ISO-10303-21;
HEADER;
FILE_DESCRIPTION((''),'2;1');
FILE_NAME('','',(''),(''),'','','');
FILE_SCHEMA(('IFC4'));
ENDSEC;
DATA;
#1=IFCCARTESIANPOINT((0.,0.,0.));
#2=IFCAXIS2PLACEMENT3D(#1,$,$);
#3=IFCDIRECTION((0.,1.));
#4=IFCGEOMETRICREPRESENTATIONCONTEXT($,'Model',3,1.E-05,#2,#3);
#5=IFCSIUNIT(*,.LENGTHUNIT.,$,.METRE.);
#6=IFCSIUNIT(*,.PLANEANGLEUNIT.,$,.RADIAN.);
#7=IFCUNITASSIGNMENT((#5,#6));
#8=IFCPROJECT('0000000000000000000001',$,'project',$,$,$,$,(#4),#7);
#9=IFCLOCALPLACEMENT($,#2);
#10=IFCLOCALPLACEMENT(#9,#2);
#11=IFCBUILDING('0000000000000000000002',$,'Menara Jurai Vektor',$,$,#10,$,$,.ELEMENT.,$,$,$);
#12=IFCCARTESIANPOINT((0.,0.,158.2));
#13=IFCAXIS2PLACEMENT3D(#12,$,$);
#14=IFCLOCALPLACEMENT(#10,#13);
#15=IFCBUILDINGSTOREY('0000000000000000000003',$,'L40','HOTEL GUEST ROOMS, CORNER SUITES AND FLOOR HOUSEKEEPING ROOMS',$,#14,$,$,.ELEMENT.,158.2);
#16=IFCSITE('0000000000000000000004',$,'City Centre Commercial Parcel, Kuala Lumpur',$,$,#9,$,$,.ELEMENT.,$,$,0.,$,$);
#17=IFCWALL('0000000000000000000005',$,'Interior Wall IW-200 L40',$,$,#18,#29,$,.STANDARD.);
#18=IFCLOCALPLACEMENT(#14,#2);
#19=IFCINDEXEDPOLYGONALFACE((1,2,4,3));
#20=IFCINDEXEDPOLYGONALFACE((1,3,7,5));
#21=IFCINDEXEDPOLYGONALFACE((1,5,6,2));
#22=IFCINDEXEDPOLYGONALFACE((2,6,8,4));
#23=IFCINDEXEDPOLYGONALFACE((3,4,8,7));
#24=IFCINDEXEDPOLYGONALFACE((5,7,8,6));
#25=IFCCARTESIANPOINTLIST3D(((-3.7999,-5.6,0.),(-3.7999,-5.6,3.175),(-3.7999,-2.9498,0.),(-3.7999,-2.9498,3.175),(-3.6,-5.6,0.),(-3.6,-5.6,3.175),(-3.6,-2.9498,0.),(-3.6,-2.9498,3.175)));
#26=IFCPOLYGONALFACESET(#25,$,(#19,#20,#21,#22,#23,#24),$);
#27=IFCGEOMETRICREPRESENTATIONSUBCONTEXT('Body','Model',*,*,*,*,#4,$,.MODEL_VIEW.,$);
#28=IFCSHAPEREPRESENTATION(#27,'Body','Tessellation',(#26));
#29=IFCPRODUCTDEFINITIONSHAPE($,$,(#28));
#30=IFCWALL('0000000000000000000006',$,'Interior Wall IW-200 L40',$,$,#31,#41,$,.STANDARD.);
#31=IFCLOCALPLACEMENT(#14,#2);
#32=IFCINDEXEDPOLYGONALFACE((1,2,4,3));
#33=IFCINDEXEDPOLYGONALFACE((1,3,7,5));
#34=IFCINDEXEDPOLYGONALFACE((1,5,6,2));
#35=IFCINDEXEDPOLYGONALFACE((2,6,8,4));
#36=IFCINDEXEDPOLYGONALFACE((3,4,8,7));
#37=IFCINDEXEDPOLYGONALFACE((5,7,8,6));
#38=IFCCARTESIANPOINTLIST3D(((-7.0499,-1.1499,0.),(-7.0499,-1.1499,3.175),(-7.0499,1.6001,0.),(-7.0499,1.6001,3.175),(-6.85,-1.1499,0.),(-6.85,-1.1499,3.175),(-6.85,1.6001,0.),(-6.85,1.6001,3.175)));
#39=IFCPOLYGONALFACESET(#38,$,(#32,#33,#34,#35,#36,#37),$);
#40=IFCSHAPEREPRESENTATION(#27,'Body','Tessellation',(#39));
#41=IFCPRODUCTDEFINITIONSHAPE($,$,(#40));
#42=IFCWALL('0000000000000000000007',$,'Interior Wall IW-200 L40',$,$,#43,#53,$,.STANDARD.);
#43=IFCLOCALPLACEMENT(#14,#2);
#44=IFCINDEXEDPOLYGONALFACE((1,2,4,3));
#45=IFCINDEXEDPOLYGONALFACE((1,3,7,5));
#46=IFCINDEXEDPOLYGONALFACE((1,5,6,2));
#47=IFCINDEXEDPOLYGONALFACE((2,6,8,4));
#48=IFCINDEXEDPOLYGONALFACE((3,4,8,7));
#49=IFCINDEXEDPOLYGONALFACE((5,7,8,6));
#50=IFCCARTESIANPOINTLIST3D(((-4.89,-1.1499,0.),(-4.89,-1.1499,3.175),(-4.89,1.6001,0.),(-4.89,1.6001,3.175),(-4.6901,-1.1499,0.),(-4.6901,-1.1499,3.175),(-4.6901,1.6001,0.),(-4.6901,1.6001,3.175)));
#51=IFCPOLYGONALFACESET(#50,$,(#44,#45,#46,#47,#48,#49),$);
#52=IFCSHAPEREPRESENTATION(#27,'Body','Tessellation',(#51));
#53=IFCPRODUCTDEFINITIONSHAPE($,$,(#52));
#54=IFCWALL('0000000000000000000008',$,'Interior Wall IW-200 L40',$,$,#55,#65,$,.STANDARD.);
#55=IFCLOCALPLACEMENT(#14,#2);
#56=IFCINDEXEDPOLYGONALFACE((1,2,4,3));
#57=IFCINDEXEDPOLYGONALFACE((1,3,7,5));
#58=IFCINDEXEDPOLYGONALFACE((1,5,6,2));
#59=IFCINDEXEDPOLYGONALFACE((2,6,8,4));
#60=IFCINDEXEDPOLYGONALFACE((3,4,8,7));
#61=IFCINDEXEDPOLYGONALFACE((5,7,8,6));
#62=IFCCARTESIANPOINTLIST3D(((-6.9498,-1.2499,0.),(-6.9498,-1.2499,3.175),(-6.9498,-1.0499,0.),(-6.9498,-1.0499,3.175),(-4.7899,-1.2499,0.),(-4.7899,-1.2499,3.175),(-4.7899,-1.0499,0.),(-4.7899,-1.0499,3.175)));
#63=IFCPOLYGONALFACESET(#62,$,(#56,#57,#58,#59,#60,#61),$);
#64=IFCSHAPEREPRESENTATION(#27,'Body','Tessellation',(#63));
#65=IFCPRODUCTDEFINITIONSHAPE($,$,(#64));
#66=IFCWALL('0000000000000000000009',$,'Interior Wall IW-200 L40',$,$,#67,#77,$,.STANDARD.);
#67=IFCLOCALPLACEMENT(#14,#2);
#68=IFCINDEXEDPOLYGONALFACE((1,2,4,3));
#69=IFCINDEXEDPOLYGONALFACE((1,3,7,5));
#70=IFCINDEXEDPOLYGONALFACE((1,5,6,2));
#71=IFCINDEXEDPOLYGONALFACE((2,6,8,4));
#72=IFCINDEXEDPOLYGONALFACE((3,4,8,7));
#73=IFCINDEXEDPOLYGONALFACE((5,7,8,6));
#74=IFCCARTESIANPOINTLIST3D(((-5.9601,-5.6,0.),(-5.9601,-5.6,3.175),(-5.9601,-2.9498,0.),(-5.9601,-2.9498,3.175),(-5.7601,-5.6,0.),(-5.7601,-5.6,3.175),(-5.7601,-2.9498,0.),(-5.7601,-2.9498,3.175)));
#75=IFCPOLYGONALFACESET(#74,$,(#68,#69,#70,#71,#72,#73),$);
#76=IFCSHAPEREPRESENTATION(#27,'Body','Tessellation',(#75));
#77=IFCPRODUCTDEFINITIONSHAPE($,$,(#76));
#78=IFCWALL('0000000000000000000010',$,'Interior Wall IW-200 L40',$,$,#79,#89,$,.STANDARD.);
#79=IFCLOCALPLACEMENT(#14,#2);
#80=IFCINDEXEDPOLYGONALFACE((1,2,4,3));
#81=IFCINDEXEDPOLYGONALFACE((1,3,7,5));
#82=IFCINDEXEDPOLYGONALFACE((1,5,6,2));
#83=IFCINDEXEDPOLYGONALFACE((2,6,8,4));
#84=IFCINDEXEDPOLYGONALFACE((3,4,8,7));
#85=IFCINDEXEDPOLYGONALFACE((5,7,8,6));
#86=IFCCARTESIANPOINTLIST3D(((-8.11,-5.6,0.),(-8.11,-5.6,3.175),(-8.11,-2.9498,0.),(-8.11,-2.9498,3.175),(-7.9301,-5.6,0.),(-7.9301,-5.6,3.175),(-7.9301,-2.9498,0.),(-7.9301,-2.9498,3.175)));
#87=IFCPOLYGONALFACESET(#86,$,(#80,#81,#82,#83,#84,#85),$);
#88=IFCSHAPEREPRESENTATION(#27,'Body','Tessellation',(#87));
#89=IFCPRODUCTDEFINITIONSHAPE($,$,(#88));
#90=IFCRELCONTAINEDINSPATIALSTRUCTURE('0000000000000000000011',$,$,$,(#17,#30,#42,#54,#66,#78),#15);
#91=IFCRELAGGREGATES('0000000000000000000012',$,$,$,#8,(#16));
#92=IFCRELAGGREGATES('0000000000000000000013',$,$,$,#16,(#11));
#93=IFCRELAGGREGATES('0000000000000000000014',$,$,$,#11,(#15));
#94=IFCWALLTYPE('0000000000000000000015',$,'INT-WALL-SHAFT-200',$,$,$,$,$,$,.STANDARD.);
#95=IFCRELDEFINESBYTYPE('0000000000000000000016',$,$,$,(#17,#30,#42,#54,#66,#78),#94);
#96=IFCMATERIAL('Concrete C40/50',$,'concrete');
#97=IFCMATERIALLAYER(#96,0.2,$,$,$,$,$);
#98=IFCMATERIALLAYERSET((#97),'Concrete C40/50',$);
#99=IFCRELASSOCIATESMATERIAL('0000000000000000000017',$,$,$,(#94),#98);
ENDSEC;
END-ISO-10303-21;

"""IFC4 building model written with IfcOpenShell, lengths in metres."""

from ifc_helpers import new_model, si_unit, direction, frame, frame_2d, origin, place, context, subcontext, project, spatial, rectangle, extrude, material, layer, layer_set, type_object, element, save


model = new_model("IFC4")

# Units and contexts
model_context = context("Model", 3, precision=1e-05, world=origin(), true_north=direction((0.0, 1.0)))
body_context = subcontext(model_context, "Body", "Model", "MODEL_VIEW")
ifc_project = project(units=[si_unit("LENGTHUNIT", "METRE"), si_unit("PLANEANGLEUNIT", "RADIAN")], contexts=[model_context])

# Site, building, storey
site_placement = place(None, origin())
site = spatial("IfcSite", under=ifc_project, at=site_placement, Name="City Centre Commercial Parcel, Kuala Lumpur", CompositionType="ELEMENT", RefElevation=0.0)
building_placement = place(site_placement, origin())
building = spatial("IfcBuilding", under=site, at=building_placement, Name="Menara Jurai Vektor", CompositionType="ELEMENT")
storey_placement = place(building_placement, frame((0.0, 0.0, 158.2)))
storey = spatial("IfcBuildingStorey", under=building, at=storey_placement, Name="L40", Description="HOTEL GUEST ROOMS, CORNER SUITES AND FLOOR HOUSEKEEPING ROOMS", CompositionType="ELEMENT", Elevation=158.2)

# Shared definitions
ifc_material_1 = material(Name="Concrete C40/50", Category="concrete")
ifc_layer_1 = layer(ifc_material_1, 0.2)
ifc_layer_set_1 = layer_set([ifc_layer_1], Name="Concrete C40/50")
wall_type_1 = type_object("IfcWallType", Name="INT-WALL-SHAFT-200", PredefinedType="STANDARD", material=ifc_layer_set_1)

# Walls
wall_1_placement = place(storey_placement, frame((-3.7, -5.6001, 0.0), z_axis=(0.0, 0.0, 1.0), x_axis=(0.0, 1.0, 0.0)))
element("IfcWall", 1, at=wall_1_placement, inside=storey, type_object=wall_type_1, Name="Interior Wall IW-200 L40", PredefinedType="STANDARD", context=body_context, shape_type="SweptSolid", body=[
    extrude(rectangle(XDim=2.6501, YDim=0.2, at=frame_2d((1.3252, 0.0))), origin(), (0.0, 0.0, 1.0), 3.175),
])
for number, where, z_axis, x_axis, name in (
    (2, (-6.95, -1.1499, 0.0), (0.0, 0.0, 1.0), (0.0, 1.0, 0.0), "Interior Wall IW-200 L40"),
    (3, (-4.79, -1.1499, 0.0), (0.0, 0.0, 1.0), (0.0, 1.0, 0.0), "Interior Wall IW-200 L40"),
):
    element("IfcWall", number, at=place(storey_placement, frame(where, z_axis=z_axis, x_axis=x_axis)), inside=storey, type_object=wall_type_1, Name=name, PredefinedType="STANDARD", context=body_context, shape_type="SweptSolid", body=[
        extrude(rectangle(XDim=2.75, YDim=0.2, at=frame_2d((1.375, 0.0))), origin(), (0.0, 0.0, 1.0), 3.175),
    ])
wall_2_placement = place(storey_placement, frame((-6.95, -1.1499, 0.0), z_axis=(0.0, 0.0, 1.0), x_axis=(1.0, 0.0, 0.0)))
element("IfcWall", 4, at=wall_2_placement, inside=storey, type_object=wall_type_1, Name="Interior Wall IW-200 L40", PredefinedType="STANDARD", context=body_context, shape_type="SweptSolid", body=[
    extrude(rectangle(XDim=2.1599, YDim=0.2, at=frame_2d((1.0801, 0.0))), origin(), (0.0, 0.0, 1.0), 3.175),
])
wall_3_placement = place(storey_placement, frame((-5.8601, -5.6001, 0.0), z_axis=(0.0, 0.0, 1.0), x_axis=(0.0, 1.0, 0.0)))
element("IfcWall", 5, at=wall_3_placement, inside=storey, type_object=wall_type_1, Name="Interior Wall IW-200 L40", PredefinedType="STANDARD", context=body_context, shape_type="SweptSolid", body=[
    extrude(rectangle(XDim=2.6501, YDim=0.2, at=frame_2d((1.3252, 0.0))), origin(), (0.0, 0.0, 1.0), 3.175),
])
wall_4_placement = place(storey_placement, frame((-8.02, -5.6001, 0.0), z_axis=(0.0, 0.0, 1.0), x_axis=(0.0, 1.0, 0.0)))
element("IfcWall", 6, at=wall_4_placement, inside=storey, type_object=wall_type_1, Name="Interior Wall IW-200 L40", PredefinedType="STANDARD", context=body_context, shape_type="SweptSolid", body=[
    extrude(rectangle(XDim=2.6501, YDim=0.1799, at=frame_2d((1.3252, 0.0))), origin(), (0.0, 0.0, 1.0), 3.175),
])

save(model, "model.ifc")
